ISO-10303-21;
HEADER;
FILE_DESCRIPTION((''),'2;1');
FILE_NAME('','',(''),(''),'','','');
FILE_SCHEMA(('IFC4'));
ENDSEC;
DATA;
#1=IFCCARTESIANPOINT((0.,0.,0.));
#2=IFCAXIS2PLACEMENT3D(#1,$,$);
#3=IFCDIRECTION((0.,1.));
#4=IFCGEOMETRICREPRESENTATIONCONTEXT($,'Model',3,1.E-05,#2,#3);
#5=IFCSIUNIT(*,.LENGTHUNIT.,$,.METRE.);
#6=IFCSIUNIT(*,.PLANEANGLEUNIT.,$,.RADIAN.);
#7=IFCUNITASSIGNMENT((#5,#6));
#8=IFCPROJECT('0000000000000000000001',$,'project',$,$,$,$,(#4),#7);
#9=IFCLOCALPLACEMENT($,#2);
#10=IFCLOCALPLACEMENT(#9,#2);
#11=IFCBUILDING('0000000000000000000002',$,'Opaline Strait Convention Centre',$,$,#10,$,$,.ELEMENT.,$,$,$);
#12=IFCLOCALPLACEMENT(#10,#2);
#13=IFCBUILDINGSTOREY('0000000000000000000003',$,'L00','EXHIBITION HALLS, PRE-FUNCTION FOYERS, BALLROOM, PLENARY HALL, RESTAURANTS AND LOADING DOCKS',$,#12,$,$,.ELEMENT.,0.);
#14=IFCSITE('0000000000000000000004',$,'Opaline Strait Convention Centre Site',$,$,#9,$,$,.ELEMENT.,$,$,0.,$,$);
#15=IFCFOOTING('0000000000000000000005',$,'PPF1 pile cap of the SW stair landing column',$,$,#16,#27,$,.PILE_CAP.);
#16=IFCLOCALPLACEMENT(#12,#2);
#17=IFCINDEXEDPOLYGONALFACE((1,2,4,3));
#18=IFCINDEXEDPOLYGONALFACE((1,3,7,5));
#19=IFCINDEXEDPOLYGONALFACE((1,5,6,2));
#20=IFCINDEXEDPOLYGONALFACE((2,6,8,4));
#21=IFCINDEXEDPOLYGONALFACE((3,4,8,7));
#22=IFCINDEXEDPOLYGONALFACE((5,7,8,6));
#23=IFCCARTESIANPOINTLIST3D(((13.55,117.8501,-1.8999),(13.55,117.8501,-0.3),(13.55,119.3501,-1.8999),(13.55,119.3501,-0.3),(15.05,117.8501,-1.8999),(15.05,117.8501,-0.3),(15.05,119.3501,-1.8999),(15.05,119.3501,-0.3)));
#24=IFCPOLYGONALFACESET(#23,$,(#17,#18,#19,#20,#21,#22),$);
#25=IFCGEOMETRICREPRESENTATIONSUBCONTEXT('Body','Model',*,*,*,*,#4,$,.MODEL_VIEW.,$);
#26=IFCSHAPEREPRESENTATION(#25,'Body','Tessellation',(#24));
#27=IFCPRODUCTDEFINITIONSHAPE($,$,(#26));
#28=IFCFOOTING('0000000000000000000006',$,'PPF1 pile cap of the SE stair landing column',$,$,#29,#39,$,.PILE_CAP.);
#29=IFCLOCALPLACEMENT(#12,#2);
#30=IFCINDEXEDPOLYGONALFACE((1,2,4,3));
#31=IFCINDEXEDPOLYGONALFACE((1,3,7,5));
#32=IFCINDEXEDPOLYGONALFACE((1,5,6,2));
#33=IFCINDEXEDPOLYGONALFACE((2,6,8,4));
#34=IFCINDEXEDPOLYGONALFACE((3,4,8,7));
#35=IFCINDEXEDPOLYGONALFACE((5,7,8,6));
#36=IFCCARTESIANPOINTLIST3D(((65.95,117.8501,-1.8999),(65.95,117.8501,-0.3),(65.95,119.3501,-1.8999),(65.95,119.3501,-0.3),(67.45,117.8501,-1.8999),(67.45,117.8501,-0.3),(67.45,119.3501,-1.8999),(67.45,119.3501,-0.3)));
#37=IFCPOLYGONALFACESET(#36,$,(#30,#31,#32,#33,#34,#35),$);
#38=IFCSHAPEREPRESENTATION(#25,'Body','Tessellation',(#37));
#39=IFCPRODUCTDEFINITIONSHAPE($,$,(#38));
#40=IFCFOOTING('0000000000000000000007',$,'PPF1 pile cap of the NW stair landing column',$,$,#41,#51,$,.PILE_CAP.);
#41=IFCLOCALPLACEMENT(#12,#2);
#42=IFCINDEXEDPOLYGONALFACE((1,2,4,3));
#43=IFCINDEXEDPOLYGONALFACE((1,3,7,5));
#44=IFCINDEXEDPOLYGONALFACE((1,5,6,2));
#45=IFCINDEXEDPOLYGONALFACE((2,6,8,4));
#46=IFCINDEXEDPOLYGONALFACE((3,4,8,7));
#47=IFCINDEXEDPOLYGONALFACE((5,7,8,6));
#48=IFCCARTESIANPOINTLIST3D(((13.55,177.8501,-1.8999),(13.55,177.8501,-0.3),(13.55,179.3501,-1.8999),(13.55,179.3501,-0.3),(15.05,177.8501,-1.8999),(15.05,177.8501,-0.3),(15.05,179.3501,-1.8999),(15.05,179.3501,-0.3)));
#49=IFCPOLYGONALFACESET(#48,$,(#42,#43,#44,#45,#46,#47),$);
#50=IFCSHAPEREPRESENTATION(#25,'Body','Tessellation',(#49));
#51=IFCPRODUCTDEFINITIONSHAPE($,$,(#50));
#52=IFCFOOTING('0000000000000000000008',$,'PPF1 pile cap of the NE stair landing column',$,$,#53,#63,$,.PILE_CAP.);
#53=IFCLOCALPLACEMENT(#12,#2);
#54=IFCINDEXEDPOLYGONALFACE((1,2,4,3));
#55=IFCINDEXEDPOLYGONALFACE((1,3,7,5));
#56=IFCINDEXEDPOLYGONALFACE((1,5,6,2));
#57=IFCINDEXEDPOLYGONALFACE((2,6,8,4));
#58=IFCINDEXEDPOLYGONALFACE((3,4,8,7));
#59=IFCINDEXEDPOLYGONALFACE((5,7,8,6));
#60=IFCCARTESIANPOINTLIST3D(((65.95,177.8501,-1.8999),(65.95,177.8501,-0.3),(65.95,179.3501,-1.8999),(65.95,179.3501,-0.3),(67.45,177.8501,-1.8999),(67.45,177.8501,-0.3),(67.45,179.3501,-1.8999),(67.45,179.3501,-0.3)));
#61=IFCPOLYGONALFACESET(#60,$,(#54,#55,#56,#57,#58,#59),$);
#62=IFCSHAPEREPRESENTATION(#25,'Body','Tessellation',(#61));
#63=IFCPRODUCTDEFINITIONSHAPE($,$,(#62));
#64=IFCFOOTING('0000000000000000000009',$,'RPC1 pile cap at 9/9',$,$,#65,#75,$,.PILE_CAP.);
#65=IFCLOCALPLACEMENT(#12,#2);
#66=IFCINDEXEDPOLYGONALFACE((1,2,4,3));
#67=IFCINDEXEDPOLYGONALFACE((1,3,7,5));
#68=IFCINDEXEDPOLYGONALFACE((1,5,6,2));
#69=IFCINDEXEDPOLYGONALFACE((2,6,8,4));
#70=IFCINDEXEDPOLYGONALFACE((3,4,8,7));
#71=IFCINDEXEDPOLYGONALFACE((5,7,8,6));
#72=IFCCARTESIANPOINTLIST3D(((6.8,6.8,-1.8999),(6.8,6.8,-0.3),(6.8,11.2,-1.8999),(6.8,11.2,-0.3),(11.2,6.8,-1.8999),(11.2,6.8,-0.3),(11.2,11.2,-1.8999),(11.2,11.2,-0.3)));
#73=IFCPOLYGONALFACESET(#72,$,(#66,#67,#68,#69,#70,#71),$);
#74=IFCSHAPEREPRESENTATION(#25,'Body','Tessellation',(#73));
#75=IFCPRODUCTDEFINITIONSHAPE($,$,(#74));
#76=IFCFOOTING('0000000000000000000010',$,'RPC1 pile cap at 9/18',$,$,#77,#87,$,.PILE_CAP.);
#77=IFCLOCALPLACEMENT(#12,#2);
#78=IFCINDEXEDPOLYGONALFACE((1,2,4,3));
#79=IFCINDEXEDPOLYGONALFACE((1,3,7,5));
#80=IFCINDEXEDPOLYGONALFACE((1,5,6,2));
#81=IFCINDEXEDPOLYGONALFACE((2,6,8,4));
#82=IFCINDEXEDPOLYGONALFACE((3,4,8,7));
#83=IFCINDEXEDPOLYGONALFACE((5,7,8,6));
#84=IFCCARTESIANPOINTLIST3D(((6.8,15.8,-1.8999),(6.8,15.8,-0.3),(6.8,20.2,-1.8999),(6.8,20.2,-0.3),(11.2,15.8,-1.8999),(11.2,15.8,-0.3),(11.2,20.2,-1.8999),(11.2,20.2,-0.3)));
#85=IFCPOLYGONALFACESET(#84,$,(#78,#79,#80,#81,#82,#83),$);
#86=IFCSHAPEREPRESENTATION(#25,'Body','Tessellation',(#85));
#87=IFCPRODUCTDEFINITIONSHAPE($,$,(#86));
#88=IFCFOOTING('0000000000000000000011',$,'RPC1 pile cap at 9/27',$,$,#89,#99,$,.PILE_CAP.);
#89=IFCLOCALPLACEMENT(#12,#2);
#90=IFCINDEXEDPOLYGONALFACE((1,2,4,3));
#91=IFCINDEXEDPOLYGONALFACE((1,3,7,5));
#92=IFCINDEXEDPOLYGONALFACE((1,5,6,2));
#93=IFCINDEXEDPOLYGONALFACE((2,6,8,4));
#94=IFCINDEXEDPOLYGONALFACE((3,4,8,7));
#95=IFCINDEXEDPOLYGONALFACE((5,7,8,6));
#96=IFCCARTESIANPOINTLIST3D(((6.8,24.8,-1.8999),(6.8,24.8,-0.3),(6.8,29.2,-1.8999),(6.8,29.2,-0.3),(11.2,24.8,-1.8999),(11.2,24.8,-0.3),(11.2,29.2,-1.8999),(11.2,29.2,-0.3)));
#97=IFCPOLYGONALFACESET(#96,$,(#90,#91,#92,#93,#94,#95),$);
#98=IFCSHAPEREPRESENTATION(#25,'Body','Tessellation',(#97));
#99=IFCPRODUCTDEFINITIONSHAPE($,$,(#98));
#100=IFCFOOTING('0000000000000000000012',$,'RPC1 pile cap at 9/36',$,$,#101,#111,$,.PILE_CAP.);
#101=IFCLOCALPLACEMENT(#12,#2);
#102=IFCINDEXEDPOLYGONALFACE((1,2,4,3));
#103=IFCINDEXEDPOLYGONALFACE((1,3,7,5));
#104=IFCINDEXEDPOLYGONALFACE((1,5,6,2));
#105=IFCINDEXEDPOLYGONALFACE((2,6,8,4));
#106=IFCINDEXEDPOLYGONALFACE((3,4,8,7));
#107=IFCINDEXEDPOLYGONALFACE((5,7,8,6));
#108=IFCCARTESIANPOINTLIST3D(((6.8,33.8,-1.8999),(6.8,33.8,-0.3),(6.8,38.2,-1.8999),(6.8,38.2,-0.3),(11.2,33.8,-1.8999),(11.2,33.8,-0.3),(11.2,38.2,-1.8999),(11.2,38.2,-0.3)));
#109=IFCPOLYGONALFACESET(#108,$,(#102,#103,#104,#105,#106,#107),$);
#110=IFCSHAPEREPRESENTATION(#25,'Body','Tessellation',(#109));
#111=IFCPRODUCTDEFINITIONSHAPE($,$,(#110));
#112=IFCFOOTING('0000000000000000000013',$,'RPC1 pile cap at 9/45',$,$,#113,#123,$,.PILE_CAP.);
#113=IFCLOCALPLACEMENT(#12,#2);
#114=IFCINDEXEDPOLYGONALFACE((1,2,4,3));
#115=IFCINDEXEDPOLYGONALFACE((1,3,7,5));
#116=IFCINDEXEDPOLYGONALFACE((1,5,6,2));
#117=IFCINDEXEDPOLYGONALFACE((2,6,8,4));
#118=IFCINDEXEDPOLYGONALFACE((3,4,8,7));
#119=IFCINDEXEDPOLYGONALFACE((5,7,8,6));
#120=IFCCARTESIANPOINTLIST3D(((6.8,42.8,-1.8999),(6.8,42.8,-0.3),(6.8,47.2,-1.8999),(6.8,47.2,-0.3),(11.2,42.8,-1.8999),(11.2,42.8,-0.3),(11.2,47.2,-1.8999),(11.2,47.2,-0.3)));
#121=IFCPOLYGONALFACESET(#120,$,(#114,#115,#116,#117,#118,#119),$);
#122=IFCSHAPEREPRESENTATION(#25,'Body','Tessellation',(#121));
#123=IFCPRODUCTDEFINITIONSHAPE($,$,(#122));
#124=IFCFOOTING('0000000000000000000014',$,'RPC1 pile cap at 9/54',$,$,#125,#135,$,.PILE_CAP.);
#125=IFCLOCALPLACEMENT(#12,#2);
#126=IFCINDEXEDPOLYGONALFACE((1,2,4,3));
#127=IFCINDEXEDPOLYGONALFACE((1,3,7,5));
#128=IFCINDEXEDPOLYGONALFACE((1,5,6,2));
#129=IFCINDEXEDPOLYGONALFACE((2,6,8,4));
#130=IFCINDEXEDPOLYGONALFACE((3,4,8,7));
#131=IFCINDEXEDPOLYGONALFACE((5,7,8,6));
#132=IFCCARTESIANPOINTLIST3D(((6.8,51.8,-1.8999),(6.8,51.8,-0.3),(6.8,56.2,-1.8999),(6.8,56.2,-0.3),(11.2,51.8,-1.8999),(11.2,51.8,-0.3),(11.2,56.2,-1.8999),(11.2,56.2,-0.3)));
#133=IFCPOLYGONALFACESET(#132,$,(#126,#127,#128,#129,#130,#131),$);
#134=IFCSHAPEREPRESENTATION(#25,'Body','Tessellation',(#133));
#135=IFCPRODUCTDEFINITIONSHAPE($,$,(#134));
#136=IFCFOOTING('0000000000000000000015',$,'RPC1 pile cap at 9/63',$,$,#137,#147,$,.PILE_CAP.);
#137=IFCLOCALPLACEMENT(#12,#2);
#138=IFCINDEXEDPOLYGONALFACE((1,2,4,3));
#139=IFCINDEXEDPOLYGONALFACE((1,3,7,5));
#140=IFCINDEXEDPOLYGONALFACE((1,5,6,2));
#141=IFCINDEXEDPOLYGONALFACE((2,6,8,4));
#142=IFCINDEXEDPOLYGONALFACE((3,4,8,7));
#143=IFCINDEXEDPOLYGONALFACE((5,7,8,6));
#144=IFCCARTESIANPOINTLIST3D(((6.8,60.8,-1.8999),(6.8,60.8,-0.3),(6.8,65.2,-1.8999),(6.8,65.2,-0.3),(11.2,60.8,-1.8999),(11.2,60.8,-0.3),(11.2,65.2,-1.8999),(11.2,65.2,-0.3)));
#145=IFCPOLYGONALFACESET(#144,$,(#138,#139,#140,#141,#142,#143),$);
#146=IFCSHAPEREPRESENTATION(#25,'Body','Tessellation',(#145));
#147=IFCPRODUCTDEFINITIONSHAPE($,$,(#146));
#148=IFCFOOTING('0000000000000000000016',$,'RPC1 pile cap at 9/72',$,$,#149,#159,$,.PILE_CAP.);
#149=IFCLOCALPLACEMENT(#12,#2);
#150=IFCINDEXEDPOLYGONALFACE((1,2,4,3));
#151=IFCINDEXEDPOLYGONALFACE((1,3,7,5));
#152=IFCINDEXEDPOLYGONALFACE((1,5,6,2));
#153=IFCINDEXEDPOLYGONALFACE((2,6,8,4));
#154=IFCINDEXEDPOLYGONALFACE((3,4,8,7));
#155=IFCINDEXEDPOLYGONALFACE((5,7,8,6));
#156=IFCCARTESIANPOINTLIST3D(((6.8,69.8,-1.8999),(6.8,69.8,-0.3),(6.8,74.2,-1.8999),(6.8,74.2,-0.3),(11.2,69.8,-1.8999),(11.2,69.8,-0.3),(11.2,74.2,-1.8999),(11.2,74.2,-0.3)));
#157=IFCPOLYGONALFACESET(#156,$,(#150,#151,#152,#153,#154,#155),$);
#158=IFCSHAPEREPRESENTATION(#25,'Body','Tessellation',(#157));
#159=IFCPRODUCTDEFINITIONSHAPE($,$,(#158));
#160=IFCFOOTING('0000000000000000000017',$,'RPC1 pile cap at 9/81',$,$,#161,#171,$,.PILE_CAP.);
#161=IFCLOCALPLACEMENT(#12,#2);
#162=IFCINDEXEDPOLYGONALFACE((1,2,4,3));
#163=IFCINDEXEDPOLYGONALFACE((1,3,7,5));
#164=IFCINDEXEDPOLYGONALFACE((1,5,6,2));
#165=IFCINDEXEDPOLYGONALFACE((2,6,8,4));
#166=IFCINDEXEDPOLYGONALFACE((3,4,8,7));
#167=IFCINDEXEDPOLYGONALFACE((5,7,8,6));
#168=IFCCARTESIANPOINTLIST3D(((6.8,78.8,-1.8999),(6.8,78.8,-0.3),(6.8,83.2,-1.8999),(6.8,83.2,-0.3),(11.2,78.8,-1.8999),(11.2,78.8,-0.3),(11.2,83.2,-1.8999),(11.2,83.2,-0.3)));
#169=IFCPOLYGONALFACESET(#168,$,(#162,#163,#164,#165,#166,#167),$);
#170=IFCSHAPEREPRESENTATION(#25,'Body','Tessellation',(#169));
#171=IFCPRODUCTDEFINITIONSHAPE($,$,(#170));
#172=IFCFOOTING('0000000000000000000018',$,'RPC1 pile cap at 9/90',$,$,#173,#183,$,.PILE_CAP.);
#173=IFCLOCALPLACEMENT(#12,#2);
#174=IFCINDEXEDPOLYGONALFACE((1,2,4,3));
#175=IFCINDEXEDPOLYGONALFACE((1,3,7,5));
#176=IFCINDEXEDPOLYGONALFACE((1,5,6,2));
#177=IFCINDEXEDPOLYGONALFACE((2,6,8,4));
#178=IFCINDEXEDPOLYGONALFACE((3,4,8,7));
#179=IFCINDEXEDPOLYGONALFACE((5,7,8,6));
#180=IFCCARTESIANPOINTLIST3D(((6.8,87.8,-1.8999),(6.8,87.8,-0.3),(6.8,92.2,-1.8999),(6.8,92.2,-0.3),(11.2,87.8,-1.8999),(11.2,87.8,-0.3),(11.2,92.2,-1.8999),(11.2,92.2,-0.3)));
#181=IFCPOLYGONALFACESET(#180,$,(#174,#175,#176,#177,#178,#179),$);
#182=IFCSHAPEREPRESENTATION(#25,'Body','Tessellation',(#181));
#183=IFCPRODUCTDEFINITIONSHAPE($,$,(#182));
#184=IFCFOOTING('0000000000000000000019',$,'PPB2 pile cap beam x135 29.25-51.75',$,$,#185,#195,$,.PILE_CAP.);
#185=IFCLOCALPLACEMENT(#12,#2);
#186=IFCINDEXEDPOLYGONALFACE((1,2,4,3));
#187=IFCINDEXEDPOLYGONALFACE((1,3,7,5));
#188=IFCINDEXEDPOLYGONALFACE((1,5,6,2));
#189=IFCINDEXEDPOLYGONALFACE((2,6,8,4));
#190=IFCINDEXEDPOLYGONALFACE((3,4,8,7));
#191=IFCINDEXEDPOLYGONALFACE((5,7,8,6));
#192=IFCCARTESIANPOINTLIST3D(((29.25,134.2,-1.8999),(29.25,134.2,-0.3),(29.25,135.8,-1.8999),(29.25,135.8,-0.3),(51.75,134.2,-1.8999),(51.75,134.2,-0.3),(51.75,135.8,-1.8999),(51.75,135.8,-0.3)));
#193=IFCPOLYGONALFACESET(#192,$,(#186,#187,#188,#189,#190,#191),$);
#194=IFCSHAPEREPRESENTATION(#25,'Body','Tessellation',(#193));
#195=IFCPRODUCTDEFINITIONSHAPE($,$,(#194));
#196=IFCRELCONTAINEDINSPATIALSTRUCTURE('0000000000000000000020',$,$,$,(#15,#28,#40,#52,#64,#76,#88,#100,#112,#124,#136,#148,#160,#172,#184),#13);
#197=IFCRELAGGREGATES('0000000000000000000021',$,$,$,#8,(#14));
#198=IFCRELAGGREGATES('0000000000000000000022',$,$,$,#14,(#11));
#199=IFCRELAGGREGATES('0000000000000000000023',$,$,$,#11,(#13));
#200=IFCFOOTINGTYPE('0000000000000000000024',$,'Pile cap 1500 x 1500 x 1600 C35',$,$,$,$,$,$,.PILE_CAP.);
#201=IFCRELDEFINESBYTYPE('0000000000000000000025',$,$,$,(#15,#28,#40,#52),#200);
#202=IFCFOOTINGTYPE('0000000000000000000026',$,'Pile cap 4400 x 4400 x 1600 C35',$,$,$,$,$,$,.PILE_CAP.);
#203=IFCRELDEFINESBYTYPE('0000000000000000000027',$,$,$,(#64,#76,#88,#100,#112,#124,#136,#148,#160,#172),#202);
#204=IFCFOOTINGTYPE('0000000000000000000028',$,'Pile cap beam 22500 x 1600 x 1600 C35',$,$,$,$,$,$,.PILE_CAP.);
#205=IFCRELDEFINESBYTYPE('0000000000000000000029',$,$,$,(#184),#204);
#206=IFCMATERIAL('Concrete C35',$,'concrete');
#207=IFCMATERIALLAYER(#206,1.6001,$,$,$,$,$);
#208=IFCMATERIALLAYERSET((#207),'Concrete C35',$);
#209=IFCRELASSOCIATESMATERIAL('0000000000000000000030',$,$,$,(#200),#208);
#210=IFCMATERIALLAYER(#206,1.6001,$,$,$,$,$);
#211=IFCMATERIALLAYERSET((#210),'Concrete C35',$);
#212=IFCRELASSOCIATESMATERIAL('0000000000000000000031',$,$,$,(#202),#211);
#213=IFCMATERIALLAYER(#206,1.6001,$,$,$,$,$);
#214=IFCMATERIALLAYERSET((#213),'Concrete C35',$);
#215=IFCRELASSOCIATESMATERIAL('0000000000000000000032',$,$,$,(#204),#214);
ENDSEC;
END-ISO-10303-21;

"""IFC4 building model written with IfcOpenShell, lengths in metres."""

from ifc_helpers import new_model, si_unit, direction, frame, origin, place, context, subcontext, project, spatial, polyline, outline, extrude, material, layer, layer_set, type_object, element, save


model = new_model("IFC4")

# Units and contexts
model_context = context("Model", 3, precision=1e-05, world=origin(), true_north=direction((0.0, 1.0)))
body_context = subcontext(model_context, "Body", "Model", "MODEL_VIEW")
ifc_project = project(units=[si_unit("LENGTHUNIT", "METRE"), si_unit("PLANEANGLEUNIT", "RADIAN")], contexts=[model_context])

# Site, building, storey
site_placement = place(None, origin())
site = spatial("IfcSite", under=ifc_project, at=site_placement, Name="Opaline Strait Convention Centre Site", CompositionType="ELEMENT", RefElevation=0.0)
building_placement = place(site_placement, origin())
building = spatial("IfcBuilding", under=site, at=building_placement, Name="Opaline Strait Convention Centre", CompositionType="ELEMENT")
storey_placement = place(building_placement, origin())
storey = spatial("IfcBuildingStorey", under=building, at=storey_placement, Name="L00", Description="EXHIBITION HALLS, PRE-FUNCTION FOYERS, BALLROOM, PLENARY HALL, RESTAURANTS AND LOADING DOCKS", CompositionType="ELEMENT", Elevation=0.0)

# Footings
ifc_material = material(Name="Concrete C35", Category="concrete")
ifc_layer_1 = layer(ifc_material, 1.6001)
ifc_layer_set_1 = layer_set([ifc_layer_1], Name="Concrete C35")
footing_type_1 = type_object("IfcFootingType", Name="Pile cap 1500 x 1500 x 1600 C35", PredefinedType="PILE_CAP", material=ifc_layer_set_1)
footing_1_placement = place(storey_placement, frame((0.0, 0.0, -1.8999)))
element("IfcFooting", 1, at=footing_1_placement, inside=storey, type_object=footing_type_1, Name="PPF1 pile cap of the SW stair landing column", PredefinedType="PILE_CAP", context=body_context, shape_type="SweptSolid", body=[
    extrude(outline(polyline([(13.55, 117.8501), (15.05, 117.8501), (15.05, 119.3501), (13.55, 119.3501), (13.55, 117.8501)])), origin(), (0.0, 0.0, 1.0), 1.5999),
])
footing_2_placement = place(storey_placement, frame((0.0, 0.0, -1.8999)))
element("IfcFooting", 2, at=footing_2_placement, inside=storey, type_object=footing_type_1, Name="PPF1 pile cap of the SE stair landing column", PredefinedType="PILE_CAP", context=body_context, shape_type="SweptSolid", body=[
    extrude(outline(polyline([(65.95, 117.8501), (67.45, 117.8501), (67.45, 119.3501), (65.95, 119.3501), (65.95, 117.8501)])), origin(), (0.0, 0.0, 1.0), 1.5999),
])
footing_3_placement = place(storey_placement, frame((0.0, 0.0, -1.8999)))
element("IfcFooting", 3, at=footing_3_placement, inside=storey, type_object=footing_type_1, Name="PPF1 pile cap of the NW stair landing column", PredefinedType="PILE_CAP", context=body_context, shape_type="SweptSolid", body=[
    extrude(outline(polyline([(13.55, 177.8501), (15.05, 177.8501), (15.05, 179.3501), (13.55, 179.3501), (13.55, 177.8501)])), origin(), (0.0, 0.0, 1.0), 1.5999),
])
footing_4_placement = place(storey_placement, frame((0.0, 0.0, -1.8999)))
element("IfcFooting", 4, at=footing_4_placement, inside=storey, type_object=footing_type_1, Name="PPF1 pile cap of the NE stair landing column", PredefinedType="PILE_CAP", context=body_context, shape_type="SweptSolid", body=[
    extrude(outline(polyline([(65.95, 177.8501), (67.45, 177.8501), (67.45, 179.3501), (65.95, 179.3501), (65.95, 177.8501)])), origin(), (0.0, 0.0, 1.0), 1.5999),
])
ifc_layer_2 = layer(ifc_material, 1.6001)
ifc_layer_set_2 = layer_set([ifc_layer_2], Name="Concrete C35")
footing_type_2 = type_object("IfcFootingType", Name="Pile cap 4400 x 4400 x 1600 C35", PredefinedType="PILE_CAP", material=ifc_layer_set_2)
footing_5_placement = place(storey_placement, frame((0.0, 0.0, -1.8999)))
element("IfcFooting", 5, at=footing_5_placement, inside=storey, type_object=footing_type_2, Name="RPC1 pile cap at 9/9", PredefinedType="PILE_CAP", context=body_context, shape_type="SweptSolid", body=[
    extrude(outline(polyline([(6.8, 6.8), (11.2, 6.8), (11.2, 11.2), (6.8, 11.2), (6.8, 6.8)])), origin(), (0.0, 0.0, 1.0), 1.5999),
])
footing_6_placement = place(storey_placement, frame((0.0, 0.0, -1.8999)))
element("IfcFooting", 6, at=footing_6_placement, inside=storey, type_object=footing_type_2, Name="RPC1 pile cap at 9/18", PredefinedType="PILE_CAP", context=body_context, shape_type="SweptSolid", body=[
    extrude(outline(polyline([(6.8, 15.8), (11.2, 15.8), (11.2, 20.2), (6.8, 20.2), (6.8, 15.8)])), origin(), (0.0, 0.0, 1.0), 1.5999),
])
footing_7_placement = place(storey_placement, frame((0.0, 0.0, -1.8999)))
element("IfcFooting", 7, at=footing_7_placement, inside=storey, type_object=footing_type_2, Name="RPC1 pile cap at 9/27", PredefinedType="PILE_CAP", context=body_context, shape_type="SweptSolid", body=[
    extrude(outline(polyline([(6.8, 24.8), (11.2, 24.8), (11.2, 29.2), (6.8, 29.2), (6.8, 24.8)])), origin(), (0.0, 0.0, 1.0), 1.5999),
])
footing_8_placement = place(storey_placement, frame((0.0, 0.0, -1.8999)))
element("IfcFooting", 8, at=footing_8_placement, inside=storey, type_object=footing_type_2, Name="RPC1 pile cap at 9/36", PredefinedType="PILE_CAP", context=body_context, shape_type="SweptSolid", body=[
    extrude(outline(polyline([(6.8, 33.8), (11.2, 33.8), (11.2, 38.2), (6.8, 38.2), (6.8, 33.8)])), origin(), (0.0, 0.0, 1.0), 1.5999),
])
footing_9_placement = place(storey_placement, frame((0.0, 0.0, -1.8999)))
element("IfcFooting", 9, at=footing_9_placement, inside=storey, type_object=footing_type_2, Name="RPC1 pile cap at 9/45", PredefinedType="PILE_CAP", context=body_context, shape_type="SweptSolid", body=[
    extrude(outline(polyline([(6.8, 42.8), (11.2, 42.8), (11.2, 47.2), (6.8, 47.2), (6.8, 42.8)])), origin(), (0.0, 0.0, 1.0), 1.5999),
])
footing_10_placement = place(storey_placement, frame((0.0, 0.0, -1.8999)))
element("IfcFooting", 10, at=footing_10_placement, inside=storey, type_object=footing_type_2, Name="RPC1 pile cap at 9/54", PredefinedType="PILE_CAP", context=body_context, shape_type="SweptSolid", body=[
    extrude(outline(polyline([(6.8, 51.8), (11.2, 51.8), (11.2, 56.2), (6.8, 56.2), (6.8, 51.8)])), origin(), (0.0, 0.0, 1.0), 1.5999),
])
footing_11_placement = place(storey_placement, frame((0.0, 0.0, -1.8999)))
element("IfcFooting", 11, at=footing_11_placement, inside=storey, type_object=footing_type_2, Name="RPC1 pile cap at 9/63", PredefinedType="PILE_CAP", context=body_context, shape_type="SweptSolid", body=[
    extrude(outline(polyline([(6.8, 60.8), (11.2, 60.8), (11.2, 65.2), (6.8, 65.2), (6.8, 60.8)])), origin(), (0.0, 0.0, 1.0), 1.5999),
])
footing_12_placement = place(storey_placement, frame((0.0, 0.0, -1.8999)))
element("IfcFooting", 12, at=footing_12_placement, inside=storey, type_object=footing_type_2, Name="RPC1 pile cap at 9/72", PredefinedType="PILE_CAP", context=body_context, shape_type="SweptSolid", body=[
    extrude(outline(polyline([(6.8, 69.8), (11.2, 69.8), (11.2, 74.2), (6.8, 74.2), (6.8, 69.8)])), origin(), (0.0, 0.0, 1.0), 1.5999),
])
footing_13_placement = place(storey_placement, frame((0.0, 0.0, -1.8999)))
element("IfcFooting", 13, at=footing_13_placement, inside=storey, type_object=footing_type_2, Name="RPC1 pile cap at 9/81", PredefinedType="PILE_CAP", context=body_context, shape_type="SweptSolid", body=[
    extrude(outline(polyline([(6.8, 78.8), (11.2, 78.8), (11.2, 83.2), (6.8, 83.2), (6.8, 78.8)])), origin(), (0.0, 0.0, 1.0), 1.5999),
])
footing_14_placement = place(storey_placement, frame((0.0, 0.0, -1.8999)))
element("IfcFooting", 14, at=footing_14_placement, inside=storey, type_object=footing_type_2, Name="RPC1 pile cap at 9/90", PredefinedType="PILE_CAP", context=body_context, shape_type="SweptSolid", body=[
    extrude(outline(polyline([(6.8, 87.8), (11.2, 87.8), (11.2, 92.2), (6.8, 92.2), (6.8, 87.8)])), origin(), (0.0, 0.0, 1.0), 1.5999),
])
ifc_layer_3 = layer(ifc_material, 1.6001)
ifc_layer_set_3 = layer_set([ifc_layer_3], Name="Concrete C35")
footing_type_3 = type_object("IfcFootingType", Name="Pile cap beam 22500 x 1600 x 1600 C35", PredefinedType="PILE_CAP", material=ifc_layer_set_3)
footing_15_placement = place(storey_placement, frame((0.0, 0.0, -1.8999)))
element("IfcFooting", 15, at=footing_15_placement, inside=storey, type_object=footing_type_3, Name="PPB2 pile cap beam x135 29.25-51.75", PredefinedType="PILE_CAP", context=body_context, shape_type="SweptSolid", body=[
    extrude(outline(polyline([(29.25, 134.2), (51.75, 134.2), (51.75, 135.8), (29.25, 135.8), (29.25, 134.2)])), origin(), (0.0, 0.0, 1.0), 1.5999),
])

save(model, "model.ifc")
